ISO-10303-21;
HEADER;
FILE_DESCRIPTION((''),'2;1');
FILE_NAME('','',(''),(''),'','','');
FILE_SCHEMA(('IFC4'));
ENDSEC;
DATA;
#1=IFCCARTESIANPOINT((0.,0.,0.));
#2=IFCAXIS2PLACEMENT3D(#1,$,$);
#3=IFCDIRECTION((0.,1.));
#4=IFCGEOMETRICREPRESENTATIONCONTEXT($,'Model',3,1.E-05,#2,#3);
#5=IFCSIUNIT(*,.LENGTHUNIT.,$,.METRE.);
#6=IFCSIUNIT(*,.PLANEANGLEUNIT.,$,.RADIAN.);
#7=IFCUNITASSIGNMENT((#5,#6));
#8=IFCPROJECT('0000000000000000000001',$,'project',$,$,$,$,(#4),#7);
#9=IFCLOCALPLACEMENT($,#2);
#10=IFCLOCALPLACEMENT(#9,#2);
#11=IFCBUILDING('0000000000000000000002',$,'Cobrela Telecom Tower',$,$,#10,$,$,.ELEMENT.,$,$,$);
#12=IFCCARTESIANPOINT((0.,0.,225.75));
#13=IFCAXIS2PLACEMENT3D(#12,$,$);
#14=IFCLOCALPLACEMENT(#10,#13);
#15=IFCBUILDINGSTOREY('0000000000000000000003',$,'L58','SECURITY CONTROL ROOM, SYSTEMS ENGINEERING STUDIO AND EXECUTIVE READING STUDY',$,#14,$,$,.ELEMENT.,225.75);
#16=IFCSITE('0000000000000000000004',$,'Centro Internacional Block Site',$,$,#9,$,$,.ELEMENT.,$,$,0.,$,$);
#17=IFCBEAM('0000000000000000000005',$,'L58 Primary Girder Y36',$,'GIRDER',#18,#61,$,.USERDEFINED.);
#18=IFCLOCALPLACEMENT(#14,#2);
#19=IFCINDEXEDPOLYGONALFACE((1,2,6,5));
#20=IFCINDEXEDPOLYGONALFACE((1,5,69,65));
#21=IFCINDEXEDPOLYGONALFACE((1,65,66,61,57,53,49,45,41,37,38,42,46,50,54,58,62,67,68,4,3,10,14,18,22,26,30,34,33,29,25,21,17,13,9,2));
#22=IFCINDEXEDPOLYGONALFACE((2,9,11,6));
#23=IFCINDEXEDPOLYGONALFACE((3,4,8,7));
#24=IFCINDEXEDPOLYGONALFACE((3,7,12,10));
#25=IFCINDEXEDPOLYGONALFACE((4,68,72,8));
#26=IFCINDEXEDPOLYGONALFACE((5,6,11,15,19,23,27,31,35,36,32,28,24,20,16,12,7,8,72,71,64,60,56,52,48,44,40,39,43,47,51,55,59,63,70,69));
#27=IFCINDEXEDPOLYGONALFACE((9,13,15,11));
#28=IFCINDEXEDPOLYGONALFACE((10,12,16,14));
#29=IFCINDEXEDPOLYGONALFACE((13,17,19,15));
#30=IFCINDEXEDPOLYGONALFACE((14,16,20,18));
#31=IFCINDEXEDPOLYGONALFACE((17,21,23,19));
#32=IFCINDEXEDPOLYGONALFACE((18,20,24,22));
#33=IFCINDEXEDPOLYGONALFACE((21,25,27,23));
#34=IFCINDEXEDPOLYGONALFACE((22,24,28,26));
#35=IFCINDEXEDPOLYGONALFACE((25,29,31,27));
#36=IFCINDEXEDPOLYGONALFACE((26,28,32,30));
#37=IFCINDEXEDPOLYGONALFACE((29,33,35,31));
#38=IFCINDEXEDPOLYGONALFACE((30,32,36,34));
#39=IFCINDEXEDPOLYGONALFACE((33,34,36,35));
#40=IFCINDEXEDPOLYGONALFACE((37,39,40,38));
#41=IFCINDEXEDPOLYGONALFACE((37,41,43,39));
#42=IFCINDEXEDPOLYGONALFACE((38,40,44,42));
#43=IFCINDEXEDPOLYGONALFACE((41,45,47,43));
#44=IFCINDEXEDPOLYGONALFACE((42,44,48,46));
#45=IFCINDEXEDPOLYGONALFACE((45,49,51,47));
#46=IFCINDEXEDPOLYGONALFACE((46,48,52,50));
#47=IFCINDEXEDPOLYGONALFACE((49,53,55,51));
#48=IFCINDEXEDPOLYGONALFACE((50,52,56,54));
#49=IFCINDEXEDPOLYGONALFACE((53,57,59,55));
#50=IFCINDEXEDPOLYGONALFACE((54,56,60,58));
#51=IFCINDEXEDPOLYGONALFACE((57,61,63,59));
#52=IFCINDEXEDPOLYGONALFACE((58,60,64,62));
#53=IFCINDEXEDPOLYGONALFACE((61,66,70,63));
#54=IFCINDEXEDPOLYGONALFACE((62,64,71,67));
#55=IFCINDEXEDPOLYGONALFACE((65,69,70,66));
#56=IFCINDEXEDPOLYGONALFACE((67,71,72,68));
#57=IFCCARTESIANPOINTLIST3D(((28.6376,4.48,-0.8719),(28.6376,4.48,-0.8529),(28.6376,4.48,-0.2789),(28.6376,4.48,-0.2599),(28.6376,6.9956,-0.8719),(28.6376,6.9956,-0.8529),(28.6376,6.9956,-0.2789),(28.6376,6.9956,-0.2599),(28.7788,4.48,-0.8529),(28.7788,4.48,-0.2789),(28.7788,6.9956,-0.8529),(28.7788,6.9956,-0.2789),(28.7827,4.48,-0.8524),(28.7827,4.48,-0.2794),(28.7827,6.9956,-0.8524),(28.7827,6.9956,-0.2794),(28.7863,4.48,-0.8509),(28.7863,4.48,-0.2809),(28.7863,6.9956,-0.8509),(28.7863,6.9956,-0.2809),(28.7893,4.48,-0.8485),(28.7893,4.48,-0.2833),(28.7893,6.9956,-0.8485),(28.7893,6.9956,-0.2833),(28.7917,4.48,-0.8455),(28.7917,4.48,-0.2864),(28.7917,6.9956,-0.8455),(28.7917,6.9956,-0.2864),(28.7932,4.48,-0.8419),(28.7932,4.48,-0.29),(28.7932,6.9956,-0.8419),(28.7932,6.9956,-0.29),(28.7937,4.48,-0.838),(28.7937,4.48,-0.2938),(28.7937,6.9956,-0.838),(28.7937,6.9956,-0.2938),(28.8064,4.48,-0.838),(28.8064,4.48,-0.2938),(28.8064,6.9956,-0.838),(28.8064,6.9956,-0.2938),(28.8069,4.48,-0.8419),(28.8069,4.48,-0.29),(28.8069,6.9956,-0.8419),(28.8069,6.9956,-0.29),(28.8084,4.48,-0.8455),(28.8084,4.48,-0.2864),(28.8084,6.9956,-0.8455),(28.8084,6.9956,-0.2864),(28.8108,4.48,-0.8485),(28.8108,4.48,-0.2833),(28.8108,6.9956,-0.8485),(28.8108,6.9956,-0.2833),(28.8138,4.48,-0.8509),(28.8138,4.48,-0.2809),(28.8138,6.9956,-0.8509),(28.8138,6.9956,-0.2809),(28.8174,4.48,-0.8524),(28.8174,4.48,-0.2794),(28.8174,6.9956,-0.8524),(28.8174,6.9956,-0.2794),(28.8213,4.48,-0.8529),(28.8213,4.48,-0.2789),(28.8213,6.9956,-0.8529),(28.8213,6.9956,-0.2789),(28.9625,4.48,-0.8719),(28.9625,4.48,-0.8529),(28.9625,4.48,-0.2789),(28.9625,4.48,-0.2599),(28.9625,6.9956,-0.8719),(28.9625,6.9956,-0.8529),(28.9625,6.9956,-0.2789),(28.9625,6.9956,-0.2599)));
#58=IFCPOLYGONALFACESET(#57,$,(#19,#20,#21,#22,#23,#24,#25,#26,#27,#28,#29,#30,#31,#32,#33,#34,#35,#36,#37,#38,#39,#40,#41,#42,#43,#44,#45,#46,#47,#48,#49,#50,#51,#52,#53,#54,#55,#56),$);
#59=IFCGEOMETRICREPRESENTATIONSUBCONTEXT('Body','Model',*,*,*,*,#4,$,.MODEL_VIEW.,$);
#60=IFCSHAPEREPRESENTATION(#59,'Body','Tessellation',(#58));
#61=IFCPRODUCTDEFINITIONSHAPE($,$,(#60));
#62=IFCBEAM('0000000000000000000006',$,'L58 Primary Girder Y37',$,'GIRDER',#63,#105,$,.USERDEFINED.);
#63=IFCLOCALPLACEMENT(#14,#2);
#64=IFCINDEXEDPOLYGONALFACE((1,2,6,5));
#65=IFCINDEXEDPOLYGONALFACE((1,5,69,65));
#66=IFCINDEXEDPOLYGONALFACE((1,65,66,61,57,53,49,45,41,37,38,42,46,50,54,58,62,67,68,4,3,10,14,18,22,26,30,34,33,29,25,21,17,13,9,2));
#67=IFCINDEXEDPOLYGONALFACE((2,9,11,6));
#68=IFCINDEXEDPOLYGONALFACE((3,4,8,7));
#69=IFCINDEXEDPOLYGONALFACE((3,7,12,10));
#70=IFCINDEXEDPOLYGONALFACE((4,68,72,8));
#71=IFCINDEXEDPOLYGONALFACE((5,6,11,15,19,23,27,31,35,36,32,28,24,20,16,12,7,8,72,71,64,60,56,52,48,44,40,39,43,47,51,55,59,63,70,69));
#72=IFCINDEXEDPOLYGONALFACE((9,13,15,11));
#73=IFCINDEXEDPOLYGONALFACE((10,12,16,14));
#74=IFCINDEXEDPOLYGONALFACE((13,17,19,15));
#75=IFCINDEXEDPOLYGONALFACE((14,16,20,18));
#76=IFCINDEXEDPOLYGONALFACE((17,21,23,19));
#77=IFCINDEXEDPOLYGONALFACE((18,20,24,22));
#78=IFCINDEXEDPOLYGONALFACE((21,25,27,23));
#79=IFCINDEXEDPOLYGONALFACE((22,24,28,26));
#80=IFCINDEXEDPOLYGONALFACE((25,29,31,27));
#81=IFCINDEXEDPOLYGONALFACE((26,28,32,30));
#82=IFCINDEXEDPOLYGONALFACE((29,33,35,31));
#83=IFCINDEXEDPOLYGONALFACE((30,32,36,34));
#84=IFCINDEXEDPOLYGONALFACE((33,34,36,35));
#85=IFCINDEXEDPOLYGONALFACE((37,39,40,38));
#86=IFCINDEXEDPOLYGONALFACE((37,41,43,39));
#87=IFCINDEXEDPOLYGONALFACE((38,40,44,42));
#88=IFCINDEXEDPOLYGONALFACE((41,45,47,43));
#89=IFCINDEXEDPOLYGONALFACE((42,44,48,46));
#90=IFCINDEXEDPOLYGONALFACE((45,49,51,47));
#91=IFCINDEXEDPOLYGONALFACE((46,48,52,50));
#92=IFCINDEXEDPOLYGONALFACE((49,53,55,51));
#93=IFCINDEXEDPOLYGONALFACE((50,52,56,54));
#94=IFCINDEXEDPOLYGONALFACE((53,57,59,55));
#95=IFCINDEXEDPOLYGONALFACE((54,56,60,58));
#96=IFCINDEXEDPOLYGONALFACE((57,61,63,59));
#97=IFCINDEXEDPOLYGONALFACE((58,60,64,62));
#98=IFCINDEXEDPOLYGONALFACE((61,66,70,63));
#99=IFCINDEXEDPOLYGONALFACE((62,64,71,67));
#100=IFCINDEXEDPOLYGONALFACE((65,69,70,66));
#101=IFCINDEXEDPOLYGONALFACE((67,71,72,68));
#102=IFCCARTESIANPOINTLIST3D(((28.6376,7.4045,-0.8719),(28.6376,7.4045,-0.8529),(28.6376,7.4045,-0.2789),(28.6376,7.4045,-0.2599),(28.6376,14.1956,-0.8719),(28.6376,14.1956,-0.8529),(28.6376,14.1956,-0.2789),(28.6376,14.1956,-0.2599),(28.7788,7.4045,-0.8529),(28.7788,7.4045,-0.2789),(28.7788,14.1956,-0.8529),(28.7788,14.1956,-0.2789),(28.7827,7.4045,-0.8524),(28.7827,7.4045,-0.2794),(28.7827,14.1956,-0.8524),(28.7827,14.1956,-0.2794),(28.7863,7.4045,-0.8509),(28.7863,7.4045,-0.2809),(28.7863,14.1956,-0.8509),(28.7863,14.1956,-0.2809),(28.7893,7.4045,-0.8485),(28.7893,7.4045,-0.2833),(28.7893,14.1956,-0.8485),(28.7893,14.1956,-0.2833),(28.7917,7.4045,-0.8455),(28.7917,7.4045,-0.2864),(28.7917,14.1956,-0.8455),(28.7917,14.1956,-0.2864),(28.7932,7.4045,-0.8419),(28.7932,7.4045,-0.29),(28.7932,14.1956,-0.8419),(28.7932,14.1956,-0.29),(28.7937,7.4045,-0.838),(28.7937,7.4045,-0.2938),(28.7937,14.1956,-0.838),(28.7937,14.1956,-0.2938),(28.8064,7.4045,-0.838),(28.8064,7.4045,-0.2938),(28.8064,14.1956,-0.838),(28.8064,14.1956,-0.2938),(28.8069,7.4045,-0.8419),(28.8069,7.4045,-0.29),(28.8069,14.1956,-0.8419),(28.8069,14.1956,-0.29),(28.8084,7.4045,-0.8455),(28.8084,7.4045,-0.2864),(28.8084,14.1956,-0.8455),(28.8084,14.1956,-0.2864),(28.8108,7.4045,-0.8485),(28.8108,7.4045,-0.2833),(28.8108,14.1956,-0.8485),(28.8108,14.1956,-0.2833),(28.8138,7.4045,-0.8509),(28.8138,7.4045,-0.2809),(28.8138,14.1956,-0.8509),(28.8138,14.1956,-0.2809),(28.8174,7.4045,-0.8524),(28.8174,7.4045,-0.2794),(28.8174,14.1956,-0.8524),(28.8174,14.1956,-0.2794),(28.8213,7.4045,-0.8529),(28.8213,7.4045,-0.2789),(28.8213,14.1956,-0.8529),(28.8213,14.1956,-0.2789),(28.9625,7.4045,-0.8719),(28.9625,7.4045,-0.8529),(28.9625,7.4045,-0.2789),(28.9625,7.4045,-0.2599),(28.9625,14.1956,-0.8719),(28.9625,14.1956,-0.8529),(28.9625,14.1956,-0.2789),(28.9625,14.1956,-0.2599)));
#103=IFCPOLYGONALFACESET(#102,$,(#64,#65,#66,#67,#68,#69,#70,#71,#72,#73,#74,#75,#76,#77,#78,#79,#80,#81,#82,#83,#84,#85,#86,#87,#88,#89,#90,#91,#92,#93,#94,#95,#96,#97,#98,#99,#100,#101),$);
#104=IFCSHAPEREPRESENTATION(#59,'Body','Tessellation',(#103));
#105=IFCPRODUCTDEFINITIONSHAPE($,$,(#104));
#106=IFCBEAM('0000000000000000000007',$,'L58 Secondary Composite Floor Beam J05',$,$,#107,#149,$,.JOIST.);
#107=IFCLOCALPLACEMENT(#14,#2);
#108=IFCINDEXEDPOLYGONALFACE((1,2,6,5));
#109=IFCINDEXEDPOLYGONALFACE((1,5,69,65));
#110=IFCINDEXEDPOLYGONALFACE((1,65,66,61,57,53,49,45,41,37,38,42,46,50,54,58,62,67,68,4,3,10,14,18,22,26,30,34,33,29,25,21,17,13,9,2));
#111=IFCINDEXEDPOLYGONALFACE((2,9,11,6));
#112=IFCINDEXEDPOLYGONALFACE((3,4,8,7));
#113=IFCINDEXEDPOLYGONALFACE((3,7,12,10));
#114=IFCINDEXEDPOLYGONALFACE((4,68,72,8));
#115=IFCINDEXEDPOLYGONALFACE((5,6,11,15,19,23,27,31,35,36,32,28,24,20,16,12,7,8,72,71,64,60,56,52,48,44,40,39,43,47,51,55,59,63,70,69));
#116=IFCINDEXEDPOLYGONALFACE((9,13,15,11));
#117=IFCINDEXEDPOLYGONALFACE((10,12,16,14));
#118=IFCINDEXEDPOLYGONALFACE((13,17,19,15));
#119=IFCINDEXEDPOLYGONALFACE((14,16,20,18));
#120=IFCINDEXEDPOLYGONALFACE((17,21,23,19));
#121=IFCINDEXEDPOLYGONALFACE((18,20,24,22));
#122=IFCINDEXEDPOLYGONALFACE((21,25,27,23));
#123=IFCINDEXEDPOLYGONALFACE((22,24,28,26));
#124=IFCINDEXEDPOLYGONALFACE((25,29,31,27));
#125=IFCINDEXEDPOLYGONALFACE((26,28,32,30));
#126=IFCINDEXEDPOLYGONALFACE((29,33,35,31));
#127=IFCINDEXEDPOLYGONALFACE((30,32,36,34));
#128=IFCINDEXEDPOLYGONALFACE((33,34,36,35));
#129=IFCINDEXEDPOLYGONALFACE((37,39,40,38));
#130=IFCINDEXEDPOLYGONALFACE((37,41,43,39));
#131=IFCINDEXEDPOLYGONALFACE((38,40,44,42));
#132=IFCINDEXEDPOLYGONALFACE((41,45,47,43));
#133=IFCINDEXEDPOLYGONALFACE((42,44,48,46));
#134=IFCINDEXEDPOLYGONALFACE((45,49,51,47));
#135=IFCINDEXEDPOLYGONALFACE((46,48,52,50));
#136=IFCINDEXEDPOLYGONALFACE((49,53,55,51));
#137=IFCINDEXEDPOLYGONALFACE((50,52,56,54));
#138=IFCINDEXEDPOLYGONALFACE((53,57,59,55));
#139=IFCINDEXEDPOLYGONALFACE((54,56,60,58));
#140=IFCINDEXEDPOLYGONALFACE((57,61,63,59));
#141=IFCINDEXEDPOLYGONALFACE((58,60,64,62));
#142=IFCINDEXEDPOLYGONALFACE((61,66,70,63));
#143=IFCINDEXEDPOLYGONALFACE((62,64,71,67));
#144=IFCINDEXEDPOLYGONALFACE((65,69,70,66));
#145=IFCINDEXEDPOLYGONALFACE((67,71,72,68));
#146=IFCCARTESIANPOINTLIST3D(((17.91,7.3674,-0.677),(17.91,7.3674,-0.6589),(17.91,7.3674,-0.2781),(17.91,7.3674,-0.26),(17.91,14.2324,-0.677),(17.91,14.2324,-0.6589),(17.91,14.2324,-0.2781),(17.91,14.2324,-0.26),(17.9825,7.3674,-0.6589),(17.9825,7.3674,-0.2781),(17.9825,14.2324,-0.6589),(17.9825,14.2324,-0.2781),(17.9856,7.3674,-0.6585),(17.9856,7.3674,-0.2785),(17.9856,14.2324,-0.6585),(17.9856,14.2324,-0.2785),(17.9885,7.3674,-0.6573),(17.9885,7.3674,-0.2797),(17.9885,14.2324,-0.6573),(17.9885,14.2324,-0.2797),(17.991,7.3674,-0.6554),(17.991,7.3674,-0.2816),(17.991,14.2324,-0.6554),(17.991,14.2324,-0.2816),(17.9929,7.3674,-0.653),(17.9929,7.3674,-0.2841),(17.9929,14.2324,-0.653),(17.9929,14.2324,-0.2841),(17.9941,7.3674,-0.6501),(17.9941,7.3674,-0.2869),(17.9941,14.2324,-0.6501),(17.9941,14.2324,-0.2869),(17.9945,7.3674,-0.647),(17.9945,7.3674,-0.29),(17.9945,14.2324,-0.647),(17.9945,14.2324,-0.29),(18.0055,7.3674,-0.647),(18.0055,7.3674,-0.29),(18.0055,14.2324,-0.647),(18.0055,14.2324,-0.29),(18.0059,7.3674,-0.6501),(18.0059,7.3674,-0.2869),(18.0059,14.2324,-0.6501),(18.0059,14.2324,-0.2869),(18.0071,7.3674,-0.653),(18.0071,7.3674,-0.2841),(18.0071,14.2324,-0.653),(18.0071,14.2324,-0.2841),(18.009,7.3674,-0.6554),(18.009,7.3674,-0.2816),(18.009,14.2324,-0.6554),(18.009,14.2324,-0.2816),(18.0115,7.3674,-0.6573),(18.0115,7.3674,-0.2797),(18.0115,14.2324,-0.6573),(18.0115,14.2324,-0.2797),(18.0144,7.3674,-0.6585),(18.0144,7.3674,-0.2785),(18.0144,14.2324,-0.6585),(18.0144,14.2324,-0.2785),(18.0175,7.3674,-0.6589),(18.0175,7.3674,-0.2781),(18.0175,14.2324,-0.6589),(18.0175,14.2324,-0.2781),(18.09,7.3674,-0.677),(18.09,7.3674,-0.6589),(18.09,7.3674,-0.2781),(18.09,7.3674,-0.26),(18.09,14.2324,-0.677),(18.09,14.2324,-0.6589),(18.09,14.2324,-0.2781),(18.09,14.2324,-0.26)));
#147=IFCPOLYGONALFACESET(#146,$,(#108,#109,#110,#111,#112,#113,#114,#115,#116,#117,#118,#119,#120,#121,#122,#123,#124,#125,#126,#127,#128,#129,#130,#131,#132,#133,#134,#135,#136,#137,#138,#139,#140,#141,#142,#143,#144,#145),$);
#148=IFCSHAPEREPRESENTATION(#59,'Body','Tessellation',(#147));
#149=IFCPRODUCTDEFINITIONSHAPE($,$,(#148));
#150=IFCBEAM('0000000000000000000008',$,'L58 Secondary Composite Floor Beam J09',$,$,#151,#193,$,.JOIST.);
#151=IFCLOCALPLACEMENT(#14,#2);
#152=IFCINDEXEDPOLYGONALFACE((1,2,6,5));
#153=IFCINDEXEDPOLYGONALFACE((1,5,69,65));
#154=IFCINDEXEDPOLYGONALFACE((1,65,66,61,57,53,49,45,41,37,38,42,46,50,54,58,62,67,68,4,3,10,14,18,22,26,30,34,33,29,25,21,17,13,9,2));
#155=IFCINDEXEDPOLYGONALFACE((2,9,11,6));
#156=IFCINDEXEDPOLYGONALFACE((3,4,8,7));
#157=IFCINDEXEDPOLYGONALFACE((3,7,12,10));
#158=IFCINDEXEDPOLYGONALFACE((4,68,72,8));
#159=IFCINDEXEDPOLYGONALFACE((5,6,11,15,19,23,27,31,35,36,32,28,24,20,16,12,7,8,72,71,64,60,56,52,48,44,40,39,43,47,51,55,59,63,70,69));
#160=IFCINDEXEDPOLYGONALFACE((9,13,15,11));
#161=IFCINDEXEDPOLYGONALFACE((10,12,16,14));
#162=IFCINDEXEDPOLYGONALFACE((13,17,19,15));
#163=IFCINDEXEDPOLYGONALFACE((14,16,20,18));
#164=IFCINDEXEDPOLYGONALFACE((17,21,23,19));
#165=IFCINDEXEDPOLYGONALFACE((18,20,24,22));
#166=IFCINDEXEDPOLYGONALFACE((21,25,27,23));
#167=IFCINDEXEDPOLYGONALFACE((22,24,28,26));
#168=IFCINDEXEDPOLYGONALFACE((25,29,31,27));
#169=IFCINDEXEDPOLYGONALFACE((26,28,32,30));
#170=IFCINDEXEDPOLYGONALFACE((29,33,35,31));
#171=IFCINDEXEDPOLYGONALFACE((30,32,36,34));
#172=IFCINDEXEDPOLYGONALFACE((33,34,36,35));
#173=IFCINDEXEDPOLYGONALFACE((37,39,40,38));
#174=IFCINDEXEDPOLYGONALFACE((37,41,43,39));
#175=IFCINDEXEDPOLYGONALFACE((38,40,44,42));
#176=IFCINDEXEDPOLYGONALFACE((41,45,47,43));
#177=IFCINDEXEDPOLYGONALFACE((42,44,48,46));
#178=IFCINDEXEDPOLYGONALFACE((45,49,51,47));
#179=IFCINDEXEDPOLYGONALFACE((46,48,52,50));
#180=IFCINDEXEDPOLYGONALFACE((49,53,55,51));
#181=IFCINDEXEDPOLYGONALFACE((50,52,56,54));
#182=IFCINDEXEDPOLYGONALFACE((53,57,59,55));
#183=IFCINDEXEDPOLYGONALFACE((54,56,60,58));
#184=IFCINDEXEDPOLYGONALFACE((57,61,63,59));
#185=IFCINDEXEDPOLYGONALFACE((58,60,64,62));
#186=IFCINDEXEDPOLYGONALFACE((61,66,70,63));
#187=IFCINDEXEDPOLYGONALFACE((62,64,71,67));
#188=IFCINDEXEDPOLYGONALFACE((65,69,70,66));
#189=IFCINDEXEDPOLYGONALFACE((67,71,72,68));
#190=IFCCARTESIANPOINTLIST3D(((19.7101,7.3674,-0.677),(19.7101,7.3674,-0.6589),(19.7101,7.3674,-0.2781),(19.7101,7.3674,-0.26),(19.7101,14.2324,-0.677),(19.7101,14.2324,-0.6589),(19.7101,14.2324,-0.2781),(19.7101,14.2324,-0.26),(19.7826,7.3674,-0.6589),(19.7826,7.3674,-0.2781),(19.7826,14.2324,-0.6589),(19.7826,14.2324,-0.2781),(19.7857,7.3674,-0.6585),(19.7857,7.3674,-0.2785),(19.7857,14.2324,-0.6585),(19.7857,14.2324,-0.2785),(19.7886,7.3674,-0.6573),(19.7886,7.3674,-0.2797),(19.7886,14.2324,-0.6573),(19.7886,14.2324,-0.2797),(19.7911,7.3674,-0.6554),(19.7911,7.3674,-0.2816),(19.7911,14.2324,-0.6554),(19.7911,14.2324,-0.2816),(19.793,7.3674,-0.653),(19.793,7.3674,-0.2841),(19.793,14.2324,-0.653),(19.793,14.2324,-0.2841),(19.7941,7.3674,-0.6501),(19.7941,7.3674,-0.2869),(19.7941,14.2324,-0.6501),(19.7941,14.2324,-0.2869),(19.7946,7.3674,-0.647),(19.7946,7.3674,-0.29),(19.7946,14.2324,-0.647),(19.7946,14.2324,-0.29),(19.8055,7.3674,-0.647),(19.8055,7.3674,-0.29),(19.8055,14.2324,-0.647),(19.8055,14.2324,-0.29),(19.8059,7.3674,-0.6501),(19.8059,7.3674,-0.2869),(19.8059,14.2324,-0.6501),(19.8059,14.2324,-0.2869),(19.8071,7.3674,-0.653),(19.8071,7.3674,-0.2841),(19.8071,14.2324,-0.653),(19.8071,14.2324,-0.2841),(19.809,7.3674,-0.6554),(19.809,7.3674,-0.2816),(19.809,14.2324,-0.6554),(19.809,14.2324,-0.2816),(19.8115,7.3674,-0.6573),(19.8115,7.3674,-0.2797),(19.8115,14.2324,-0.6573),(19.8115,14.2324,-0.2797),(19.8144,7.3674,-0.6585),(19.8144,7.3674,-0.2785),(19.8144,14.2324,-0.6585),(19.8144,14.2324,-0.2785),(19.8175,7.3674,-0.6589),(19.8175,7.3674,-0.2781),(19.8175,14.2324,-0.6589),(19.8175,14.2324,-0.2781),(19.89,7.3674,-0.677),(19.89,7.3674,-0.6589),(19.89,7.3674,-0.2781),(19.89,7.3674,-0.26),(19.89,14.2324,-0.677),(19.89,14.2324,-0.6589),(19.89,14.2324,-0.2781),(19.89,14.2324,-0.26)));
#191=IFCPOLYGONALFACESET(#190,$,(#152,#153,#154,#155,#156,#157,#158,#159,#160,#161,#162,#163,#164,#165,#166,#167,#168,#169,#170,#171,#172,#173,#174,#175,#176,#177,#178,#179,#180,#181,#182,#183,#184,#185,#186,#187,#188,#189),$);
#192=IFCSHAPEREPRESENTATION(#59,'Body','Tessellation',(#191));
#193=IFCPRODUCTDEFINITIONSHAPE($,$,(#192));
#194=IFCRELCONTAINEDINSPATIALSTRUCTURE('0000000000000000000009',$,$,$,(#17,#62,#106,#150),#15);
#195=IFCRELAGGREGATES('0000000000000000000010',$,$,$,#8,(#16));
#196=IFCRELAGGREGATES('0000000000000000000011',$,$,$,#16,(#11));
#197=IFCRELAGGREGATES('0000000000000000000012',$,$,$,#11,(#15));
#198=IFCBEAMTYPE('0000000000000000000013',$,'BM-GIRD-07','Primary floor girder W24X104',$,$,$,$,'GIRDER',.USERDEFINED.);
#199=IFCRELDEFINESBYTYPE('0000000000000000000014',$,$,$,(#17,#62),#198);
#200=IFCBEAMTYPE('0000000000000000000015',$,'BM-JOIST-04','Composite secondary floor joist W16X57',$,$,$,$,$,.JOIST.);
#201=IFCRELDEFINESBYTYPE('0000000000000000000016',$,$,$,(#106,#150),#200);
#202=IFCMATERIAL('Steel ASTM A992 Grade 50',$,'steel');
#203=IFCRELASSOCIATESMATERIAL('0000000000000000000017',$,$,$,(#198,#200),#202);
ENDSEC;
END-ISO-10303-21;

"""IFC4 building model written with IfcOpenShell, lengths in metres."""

from ifc_helpers import new_model, si_unit, direction, frame, origin, origin_2d, place, context, subcontext, project, spatial, i_section, extrude, material, material_profile, profile_set, type_object, element, save


model = new_model("IFC4")

# Units and contexts
model_context = context("Model", 3, precision=1e-05, world=origin(), true_north=direction((0.0, 1.0)))
body_context = subcontext(model_context, "Body", "Model", "MODEL_VIEW")
ifc_project = project(units=[si_unit("LENGTHUNIT", "METRE"), si_unit("PLANEANGLEUNIT", "RADIAN")], contexts=[model_context])

# Site, building, storey
site_placement = place(None, origin())
site = spatial("IfcSite", under=ifc_project, at=site_placement, Name="Centro Internacional Block Site", CompositionType="ELEMENT", RefElevation=0.0)
building_placement = place(site_placement, origin())
building = spatial("IfcBuilding", under=site, at=building_placement, Name="Cobrela Telecom Tower", CompositionType="ELEMENT")
storey_placement = place(building_placement, frame((0.0, 0.0, 225.75)))
storey = spatial("IfcBuildingStorey", under=building, at=storey_placement, Name="L58", Description="SECURITY CONTROL ROOM, SYSTEMS ENGINEERING STUDIO AND EXECUTIVE READING STUDY", CompositionType="ELEMENT", Elevation=225.75)

# Shared definitions
ifc_material_1 = material(Name="Steel ASTM A992 Grade 50", Category="steel")

# Beams
ifc_material_profile_1 = material_profile(ifc_material_1, i_section(OverallWidth=0.325, OverallDepth=0.6121, WebThickness=0.0127, FlangeThickness=0.019, FilletRadius=0.0149, at=origin_2d()), Name="W24X104")
ifc_profile_set_1 = profile_set([ifc_material_profile_1], Name="Steel ASTM A992 Grade 50")
beam_type_1 = type_object("IfcBeamType", Name="BM-GIRD-07", Description="Primary floor girder W24X104", ElementType="GIRDER", PredefinedType="USERDEFINED", material=ifc_profile_set_1)
beam_1_placement = place(storey_placement, frame((28.8, 4.48, -0.5659), z_axis=(0.0, 1.0, 0.0), x_axis=(-1.0, 0.0, 0.0)))
element("IfcBeam", 1, at=beam_1_placement, inside=storey, type_object=beam_type_1, Name="L58 Primary Girder Y36", ObjectType="GIRDER", PredefinedType="USERDEFINED", context=body_context, shape_type="SweptSolid", body=[
    extrude(i_section(OverallWidth=0.325, OverallDepth=0.6121, WebThickness=0.0127, FlangeThickness=0.019, FilletRadius=0.0149, at=origin_2d()), origin(), (0.0, 0.0, 1.0), 2.5156),
])
beam_2_placement = place(storey_placement, frame((28.8, 7.4045, -0.5659), z_axis=(0.0, 1.0, 0.0), x_axis=(-1.0, 0.0, 0.0)))
element("IfcBeam", 2, at=beam_2_placement, inside=storey, type_object=beam_type_1, Name="L58 Primary Girder Y37", ObjectType="GIRDER", PredefinedType="USERDEFINED", context=body_context, shape_type="SweptSolid", body=[
    extrude(i_section(OverallWidth=0.325, OverallDepth=0.6121, WebThickness=0.0127, FlangeThickness=0.019, FilletRadius=0.0149, at=origin_2d()), origin(), (0.0, 0.0, 1.0), 6.791),
])
ifc_material_profile_2 = material_profile(ifc_material_1, i_section(OverallWidth=0.1799, OverallDepth=0.417, WebThickness=0.011, FlangeThickness=0.0181, FilletRadius=0.012, at=origin_2d()), Name="W16X57")
ifc_profile_set_2 = profile_set([ifc_material_profile_2], Name="Steel ASTM A992 Grade 50")
beam_type_2 = type_object("IfcBeamType", Name="BM-JOIST-04", Description="Composite secondary floor joist W16X57", PredefinedType="JOIST", material=ifc_profile_set_2)
for number, where, z_axis, x_axis, name in (
    (3, (18.0, 7.3674, -0.4685), (0.0, 1.0, 0.0), (-1.0, 0.0, 0.0), "L58 Secondary Composite Floor Beam J05"),
    (4, (19.8, 7.3674, -0.4685), (0.0, 1.0, 0.0), (-1.0, 0.0, 0.0), "L58 Secondary Composite Floor Beam J09"),
):
    element("IfcBeam", number, at=place(storey_placement, frame(where, z_axis=z_axis, x_axis=x_axis)), inside=storey, type_object=beam_type_2, Name=name, PredefinedType="JOIST", context=body_context, shape_type="SweptSolid", body=[
        extrude(i_section(OverallWidth=0.1799, OverallDepth=0.417, WebThickness=0.011, FlangeThickness=0.0181, FilletRadius=0.012, at=origin_2d()), origin(), (0.0, 0.0, 1.0), 6.865),
    ])

save(model, "model.ifc")
